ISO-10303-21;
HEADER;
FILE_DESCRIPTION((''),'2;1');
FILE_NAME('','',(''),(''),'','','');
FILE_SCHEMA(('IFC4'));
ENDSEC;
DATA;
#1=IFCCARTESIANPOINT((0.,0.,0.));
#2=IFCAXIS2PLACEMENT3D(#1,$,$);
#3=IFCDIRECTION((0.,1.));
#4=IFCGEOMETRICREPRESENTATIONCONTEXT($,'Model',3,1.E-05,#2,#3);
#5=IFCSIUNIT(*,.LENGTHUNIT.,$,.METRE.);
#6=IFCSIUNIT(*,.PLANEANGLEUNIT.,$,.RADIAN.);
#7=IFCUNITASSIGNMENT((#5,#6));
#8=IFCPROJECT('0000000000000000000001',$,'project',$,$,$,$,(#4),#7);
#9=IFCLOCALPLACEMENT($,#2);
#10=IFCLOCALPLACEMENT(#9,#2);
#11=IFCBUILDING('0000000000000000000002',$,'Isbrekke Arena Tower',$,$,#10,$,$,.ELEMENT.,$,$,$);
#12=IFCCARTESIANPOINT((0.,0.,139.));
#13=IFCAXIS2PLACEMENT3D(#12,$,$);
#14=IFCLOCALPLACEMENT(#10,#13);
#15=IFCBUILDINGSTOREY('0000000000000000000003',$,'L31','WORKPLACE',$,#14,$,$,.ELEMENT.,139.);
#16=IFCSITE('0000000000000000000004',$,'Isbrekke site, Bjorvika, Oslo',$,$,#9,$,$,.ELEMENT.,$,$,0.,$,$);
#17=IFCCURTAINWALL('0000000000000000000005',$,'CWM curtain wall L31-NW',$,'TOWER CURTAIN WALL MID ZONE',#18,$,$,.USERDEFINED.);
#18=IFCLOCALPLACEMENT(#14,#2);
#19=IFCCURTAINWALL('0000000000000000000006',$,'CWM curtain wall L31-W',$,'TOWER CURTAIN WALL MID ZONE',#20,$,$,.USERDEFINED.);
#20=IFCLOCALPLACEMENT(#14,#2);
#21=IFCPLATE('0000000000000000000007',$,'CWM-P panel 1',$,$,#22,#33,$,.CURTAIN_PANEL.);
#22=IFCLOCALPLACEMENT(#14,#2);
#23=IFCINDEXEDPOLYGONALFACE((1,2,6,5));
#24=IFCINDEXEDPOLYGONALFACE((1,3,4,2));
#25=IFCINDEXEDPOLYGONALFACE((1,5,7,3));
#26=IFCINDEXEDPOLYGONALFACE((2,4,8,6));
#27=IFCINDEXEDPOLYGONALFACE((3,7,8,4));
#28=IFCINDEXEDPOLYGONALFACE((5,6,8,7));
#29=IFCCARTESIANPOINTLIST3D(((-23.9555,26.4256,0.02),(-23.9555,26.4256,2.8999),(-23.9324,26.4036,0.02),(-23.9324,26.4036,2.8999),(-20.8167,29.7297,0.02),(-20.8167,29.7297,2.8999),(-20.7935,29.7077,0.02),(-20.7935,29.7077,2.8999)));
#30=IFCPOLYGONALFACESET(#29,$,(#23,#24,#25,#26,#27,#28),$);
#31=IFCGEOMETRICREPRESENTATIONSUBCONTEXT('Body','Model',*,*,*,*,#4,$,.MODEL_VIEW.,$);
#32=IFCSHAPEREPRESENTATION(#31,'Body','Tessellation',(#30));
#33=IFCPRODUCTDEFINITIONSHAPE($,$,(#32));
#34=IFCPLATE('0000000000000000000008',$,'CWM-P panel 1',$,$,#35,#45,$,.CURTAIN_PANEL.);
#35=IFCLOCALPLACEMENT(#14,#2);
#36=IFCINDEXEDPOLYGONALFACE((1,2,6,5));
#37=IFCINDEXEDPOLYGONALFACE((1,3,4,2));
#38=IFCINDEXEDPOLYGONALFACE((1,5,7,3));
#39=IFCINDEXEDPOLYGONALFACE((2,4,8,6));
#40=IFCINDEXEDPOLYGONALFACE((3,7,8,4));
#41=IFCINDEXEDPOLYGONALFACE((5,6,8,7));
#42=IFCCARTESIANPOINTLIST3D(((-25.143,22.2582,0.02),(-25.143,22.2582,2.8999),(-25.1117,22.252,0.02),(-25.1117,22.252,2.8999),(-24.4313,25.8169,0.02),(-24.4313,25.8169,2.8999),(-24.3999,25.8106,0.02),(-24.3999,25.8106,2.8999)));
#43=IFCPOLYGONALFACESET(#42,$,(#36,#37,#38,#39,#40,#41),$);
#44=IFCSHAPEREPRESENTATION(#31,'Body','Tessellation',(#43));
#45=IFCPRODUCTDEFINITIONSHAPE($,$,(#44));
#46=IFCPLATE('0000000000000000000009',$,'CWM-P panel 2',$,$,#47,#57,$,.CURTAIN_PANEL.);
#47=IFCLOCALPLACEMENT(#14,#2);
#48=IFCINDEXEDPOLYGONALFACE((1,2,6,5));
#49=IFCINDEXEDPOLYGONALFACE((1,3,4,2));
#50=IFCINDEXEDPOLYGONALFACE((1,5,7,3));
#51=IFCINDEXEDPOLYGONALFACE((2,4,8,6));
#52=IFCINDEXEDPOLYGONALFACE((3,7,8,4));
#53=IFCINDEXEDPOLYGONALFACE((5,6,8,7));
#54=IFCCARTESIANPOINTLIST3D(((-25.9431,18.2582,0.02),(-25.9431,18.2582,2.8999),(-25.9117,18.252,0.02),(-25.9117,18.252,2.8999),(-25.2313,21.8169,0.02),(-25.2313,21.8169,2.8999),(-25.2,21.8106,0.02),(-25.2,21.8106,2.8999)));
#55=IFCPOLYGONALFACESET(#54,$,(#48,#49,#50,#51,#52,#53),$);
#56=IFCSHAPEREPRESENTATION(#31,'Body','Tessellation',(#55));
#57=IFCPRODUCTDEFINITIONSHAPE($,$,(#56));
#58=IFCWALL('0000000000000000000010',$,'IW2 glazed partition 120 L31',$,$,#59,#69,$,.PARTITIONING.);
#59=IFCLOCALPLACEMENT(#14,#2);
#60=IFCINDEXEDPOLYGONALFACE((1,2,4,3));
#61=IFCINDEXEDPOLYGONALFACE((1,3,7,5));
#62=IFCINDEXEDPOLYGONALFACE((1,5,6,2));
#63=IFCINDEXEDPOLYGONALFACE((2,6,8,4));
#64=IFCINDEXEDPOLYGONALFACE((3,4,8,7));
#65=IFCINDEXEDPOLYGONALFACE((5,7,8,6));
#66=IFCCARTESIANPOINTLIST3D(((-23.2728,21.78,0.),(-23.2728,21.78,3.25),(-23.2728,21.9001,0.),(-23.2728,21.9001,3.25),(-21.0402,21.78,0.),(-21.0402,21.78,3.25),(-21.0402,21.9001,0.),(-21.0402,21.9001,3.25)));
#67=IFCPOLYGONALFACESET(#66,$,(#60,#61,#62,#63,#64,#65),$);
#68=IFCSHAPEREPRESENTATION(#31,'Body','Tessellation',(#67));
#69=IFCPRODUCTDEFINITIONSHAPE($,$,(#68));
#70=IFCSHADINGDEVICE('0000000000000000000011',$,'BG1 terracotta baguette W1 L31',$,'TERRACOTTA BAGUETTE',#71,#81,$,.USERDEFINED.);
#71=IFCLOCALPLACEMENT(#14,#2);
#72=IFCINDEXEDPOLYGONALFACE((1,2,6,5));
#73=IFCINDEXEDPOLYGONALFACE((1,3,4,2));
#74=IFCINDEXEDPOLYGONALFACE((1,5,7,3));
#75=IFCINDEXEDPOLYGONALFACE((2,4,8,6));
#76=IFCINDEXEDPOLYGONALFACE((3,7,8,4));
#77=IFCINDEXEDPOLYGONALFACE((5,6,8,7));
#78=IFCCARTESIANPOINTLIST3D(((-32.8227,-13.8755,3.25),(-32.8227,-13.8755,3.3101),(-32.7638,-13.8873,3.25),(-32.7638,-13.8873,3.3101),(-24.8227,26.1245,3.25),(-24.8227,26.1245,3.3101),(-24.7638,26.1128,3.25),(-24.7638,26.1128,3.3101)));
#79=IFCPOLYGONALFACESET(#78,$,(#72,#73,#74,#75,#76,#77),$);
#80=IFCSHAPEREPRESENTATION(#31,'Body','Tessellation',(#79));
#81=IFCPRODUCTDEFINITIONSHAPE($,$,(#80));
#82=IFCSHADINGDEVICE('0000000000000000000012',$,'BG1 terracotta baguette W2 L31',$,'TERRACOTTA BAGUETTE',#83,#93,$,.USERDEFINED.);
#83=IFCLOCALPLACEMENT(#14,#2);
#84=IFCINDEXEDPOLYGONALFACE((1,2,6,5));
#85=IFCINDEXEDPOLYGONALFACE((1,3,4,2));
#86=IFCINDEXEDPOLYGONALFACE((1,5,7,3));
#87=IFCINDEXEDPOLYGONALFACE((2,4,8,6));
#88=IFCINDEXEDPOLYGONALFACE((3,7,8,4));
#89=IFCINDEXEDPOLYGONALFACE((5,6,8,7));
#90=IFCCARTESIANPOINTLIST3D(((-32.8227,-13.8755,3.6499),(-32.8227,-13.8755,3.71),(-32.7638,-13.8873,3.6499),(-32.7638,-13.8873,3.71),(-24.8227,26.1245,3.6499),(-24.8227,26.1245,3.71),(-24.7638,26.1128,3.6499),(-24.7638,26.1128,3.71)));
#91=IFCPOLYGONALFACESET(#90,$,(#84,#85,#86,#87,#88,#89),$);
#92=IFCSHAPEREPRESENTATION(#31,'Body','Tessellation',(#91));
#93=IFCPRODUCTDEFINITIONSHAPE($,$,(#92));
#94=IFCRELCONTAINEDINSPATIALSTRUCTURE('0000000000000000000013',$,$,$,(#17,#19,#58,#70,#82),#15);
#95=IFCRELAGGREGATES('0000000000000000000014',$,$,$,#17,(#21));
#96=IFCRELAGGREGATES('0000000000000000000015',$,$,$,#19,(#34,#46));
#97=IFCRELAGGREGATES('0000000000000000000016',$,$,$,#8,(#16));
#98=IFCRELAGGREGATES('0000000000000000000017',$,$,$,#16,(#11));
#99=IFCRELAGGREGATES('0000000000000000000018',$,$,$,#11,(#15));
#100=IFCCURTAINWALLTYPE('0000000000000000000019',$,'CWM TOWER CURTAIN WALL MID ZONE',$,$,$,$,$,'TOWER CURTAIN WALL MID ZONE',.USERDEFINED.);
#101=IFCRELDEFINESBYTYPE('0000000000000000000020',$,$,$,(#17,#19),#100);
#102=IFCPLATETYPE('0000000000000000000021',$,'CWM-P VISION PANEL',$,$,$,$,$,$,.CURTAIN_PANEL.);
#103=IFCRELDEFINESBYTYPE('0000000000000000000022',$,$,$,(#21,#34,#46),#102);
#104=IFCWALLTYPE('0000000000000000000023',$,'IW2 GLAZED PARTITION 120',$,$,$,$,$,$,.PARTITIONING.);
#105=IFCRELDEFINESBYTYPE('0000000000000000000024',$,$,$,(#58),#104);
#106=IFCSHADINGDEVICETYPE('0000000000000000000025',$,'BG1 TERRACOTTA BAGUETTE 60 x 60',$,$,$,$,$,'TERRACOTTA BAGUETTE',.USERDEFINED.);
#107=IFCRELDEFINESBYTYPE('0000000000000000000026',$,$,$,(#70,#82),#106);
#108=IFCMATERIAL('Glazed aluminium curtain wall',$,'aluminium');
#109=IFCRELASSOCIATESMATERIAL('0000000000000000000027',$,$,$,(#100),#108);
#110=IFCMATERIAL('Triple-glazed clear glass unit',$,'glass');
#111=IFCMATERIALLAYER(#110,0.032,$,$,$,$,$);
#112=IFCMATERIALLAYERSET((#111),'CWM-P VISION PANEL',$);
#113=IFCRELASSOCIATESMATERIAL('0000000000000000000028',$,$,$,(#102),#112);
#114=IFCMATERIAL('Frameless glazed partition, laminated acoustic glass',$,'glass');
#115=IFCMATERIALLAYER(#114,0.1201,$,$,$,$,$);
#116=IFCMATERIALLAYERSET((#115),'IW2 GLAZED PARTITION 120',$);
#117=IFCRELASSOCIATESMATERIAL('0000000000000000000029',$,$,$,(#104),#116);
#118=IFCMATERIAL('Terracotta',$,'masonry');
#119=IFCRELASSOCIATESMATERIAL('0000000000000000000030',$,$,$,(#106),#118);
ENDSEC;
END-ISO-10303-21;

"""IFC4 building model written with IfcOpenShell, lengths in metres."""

from ifc_helpers import new_model, si_unit, direction, frame, frame_2d, origin, origin_2d, place, context, subcontext, project, spatial, rectangle, extrude, material, layer, layer_set, material_profile, profile_set, type_object, element, aggregate, save


model = new_model("IFC4")

# Units and contexts
model_context = context("Model", 3, precision=1e-05, world=origin(), true_north=direction((0.0, 1.0)))
body_context = subcontext(model_context, "Body", "Model", "MODEL_VIEW")
ifc_project = project(units=[si_unit("LENGTHUNIT", "METRE"), si_unit("PLANEANGLEUNIT", "RADIAN")], contexts=[model_context])

# Site, building, storey
site_placement = place(None, origin())
site = spatial("IfcSite", under=ifc_project, at=site_placement, Name="Isbrekke site, Bjorvika, Oslo", CompositionType="ELEMENT", RefElevation=0.0)
building_placement = place(site_placement, origin())
building = spatial("IfcBuilding", under=site, at=building_placement, Name="Isbrekke Arena Tower", CompositionType="ELEMENT")
storey_placement = place(building_placement, frame((0.0, 0.0, 139.0)))
storey = spatial("IfcBuildingStorey", under=building, at=storey_placement, Name="L31", Description="WORKPLACE", CompositionType="ELEMENT", Elevation=139.0)

# Shared definitions
ifc_material_1 = material(Name="Glazed aluminium curtain wall", Category="aluminium")
curtain_wall_type = type_object("IfcCurtainWallType", Name="CWM TOWER CURTAIN WALL MID ZONE", ElementType="TOWER CURTAIN WALL MID ZONE", PredefinedType="USERDEFINED", material=ifc_material_1)

# Curtain walls
curtain_wall_1_placement = place(storey_placement, origin())
curtain_wall_1 = element("IfcCurtainWall", 1, at=curtain_wall_1_placement, inside=storey, type_object=curtain_wall_type, Name="CWM curtain wall L31-NW", ObjectType="TOWER CURTAIN WALL MID ZONE", PredefinedType="USERDEFINED")
curtain_wall_2_placement = place(storey_placement, origin())
curtain_wall_2 = element("IfcCurtainWall", 2, at=curtain_wall_2_placement, inside=storey, type_object=curtain_wall_type, Name="CWM curtain wall L31-W", ObjectType="TOWER CURTAIN WALL MID ZONE", PredefinedType="USERDEFINED")

# Plates
ifc_material_2 = material(Name="Triple-glazed clear glass unit", Category="glass")
ifc_layer_1 = layer(ifc_material_2, 0.032)
ifc_layer_set_1 = layer_set([ifc_layer_1], Name="CWM-P VISION PANEL")
plate_type = type_object("IfcPlateType", Name="CWM-P VISION PANEL", PredefinedType="CURTAIN_PANEL", material=ifc_layer_set_1)
plate_1_placement = place(storey_placement, frame((-22.3745, 28.0667, 0.02), z_axis=(0.0, 0.0, 1.0), x_axis=(-0.688749, -0.724999, 0.0)))
plate_1 = element("IfcPlate", 3, at=plate_1_placement, type_object=plate_type, Name="CWM-P panel 1", PredefinedType="CURTAIN_PANEL", context=body_context, shape_type="SweptSolid", body=[
    extrude(rectangle(XDim=4.5574, YDim=0.032, at=origin_2d()), origin(), (0.0, 0.0, 1.0), 2.8799),
])
aggregate(curtain_wall_1, [plate_1])
plate_2_placement = place(storey_placement, frame((-24.7715, 24.0344, 0.02), z_axis=(0.0, 0.0, 1.0), x_axis=(-0.196116, -0.980581, 0.0)))
plate_2 = element("IfcPlate", 4, at=plate_2_placement, type_object=plate_type, Name="CWM-P panel 1", PredefinedType="CURTAIN_PANEL", context=body_context, shape_type="SweptSolid", body=[
    extrude(rectangle(XDim=3.6292, YDim=0.032, at=origin_2d()), origin(), (0.0, 0.0, 1.0), 2.8799),
])
plate_3_placement = place(storey_placement, frame((-25.5715, 20.0344, 0.02), z_axis=(0.0, 0.0, 1.0), x_axis=(-0.196116, -0.980581, 0.0)))
plate_3 = element("IfcPlate", 5, at=plate_3_placement, type_object=plate_type, Name="CWM-P panel 2", PredefinedType="CURTAIN_PANEL", context=body_context, shape_type="SweptSolid", body=[
    extrude(rectangle(XDim=3.6292, YDim=0.032, at=origin_2d()), origin(), (0.0, 0.0, 1.0), 2.8799),
])
aggregate(curtain_wall_2, [plate_2, plate_3])

# Wall
ifc_material_3 = material(Name="Frameless glazed partition, laminated acoustic glass", Category="glass")
ifc_layer_2 = layer(ifc_material_3, 0.1201)
ifc_layer_set_2 = layer_set([ifc_layer_2], Name="IW2 GLAZED PARTITION 120")
wall_type_1 = type_object("IfcWallType", Name="IW2 GLAZED PARTITION 120", PredefinedType="PARTITIONING", material=ifc_layer_set_2)
wall_1_placement = place(storey_placement, frame((-23.2727, 21.8401, 0.0), z_axis=(0.0, 0.0, 1.0), x_axis=(1.0, 0.0, 0.0)))
element("IfcWall", 6, at=wall_1_placement, inside=storey, type_object=wall_type_1, Name="IW2 glazed partition 120 L31", PredefinedType="PARTITIONING", context=body_context, shape_type="SweptSolid", body=[
    extrude(rectangle(XDim=2.2327, YDim=0.1201, at=frame_2d((1.1162, 0.0))), origin(), (0.0, 0.0, 1.0), 3.25),
])

# Shading devices
ifc_material_4 = material(Name="Terracotta", Category="masonry")
ifc_material_profile_1 = material_profile(ifc_material_4, rectangle(XDim=0.0601, YDim=0.0601, at=origin_2d()), Name="BAGUETTE 60X60")
ifc_profile_set_1 = profile_set([ifc_material_profile_1], Name="Terracotta")
shading_device_type = type_object("IfcShadingDeviceType", Name="BG1 TERRACOTTA BAGUETTE 60 x 60", ElementType="TERRACOTTA BAGUETTE", PredefinedType="USERDEFINED", material=ifc_profile_set_1)
for number, where, z_axis, x_axis, name in (
    (7, (-24.7932, 26.1187, 3.28), (-0.196116, -0.980581, 0.0), (0.980581, -0.196116, 0.0), "BG1 terracotta baguette W1 L31"),
    (8, (-24.7932, 26.1187, 3.6799), (-0.196116, -0.980581, 0.0), (0.980581, -0.196116, 0.0), "BG1 terracotta baguette W2 L31"),
):
    element("IfcShadingDevice", number, at=place(storey_placement, frame(where, z_axis=z_axis, x_axis=x_axis)), inside=storey, type_object=shading_device_type, Name=name, ObjectType="TERRACOTTA BAGUETTE", PredefinedType="USERDEFINED", context=body_context, shape_type="SweptSolid", body=[
        extrude(rectangle(XDim=0.0601, YDim=0.0601, at=origin_2d()), origin(), (0.0, 0.0, 1.0), 40.7922),
    ])

save(model, "model.ifc")
